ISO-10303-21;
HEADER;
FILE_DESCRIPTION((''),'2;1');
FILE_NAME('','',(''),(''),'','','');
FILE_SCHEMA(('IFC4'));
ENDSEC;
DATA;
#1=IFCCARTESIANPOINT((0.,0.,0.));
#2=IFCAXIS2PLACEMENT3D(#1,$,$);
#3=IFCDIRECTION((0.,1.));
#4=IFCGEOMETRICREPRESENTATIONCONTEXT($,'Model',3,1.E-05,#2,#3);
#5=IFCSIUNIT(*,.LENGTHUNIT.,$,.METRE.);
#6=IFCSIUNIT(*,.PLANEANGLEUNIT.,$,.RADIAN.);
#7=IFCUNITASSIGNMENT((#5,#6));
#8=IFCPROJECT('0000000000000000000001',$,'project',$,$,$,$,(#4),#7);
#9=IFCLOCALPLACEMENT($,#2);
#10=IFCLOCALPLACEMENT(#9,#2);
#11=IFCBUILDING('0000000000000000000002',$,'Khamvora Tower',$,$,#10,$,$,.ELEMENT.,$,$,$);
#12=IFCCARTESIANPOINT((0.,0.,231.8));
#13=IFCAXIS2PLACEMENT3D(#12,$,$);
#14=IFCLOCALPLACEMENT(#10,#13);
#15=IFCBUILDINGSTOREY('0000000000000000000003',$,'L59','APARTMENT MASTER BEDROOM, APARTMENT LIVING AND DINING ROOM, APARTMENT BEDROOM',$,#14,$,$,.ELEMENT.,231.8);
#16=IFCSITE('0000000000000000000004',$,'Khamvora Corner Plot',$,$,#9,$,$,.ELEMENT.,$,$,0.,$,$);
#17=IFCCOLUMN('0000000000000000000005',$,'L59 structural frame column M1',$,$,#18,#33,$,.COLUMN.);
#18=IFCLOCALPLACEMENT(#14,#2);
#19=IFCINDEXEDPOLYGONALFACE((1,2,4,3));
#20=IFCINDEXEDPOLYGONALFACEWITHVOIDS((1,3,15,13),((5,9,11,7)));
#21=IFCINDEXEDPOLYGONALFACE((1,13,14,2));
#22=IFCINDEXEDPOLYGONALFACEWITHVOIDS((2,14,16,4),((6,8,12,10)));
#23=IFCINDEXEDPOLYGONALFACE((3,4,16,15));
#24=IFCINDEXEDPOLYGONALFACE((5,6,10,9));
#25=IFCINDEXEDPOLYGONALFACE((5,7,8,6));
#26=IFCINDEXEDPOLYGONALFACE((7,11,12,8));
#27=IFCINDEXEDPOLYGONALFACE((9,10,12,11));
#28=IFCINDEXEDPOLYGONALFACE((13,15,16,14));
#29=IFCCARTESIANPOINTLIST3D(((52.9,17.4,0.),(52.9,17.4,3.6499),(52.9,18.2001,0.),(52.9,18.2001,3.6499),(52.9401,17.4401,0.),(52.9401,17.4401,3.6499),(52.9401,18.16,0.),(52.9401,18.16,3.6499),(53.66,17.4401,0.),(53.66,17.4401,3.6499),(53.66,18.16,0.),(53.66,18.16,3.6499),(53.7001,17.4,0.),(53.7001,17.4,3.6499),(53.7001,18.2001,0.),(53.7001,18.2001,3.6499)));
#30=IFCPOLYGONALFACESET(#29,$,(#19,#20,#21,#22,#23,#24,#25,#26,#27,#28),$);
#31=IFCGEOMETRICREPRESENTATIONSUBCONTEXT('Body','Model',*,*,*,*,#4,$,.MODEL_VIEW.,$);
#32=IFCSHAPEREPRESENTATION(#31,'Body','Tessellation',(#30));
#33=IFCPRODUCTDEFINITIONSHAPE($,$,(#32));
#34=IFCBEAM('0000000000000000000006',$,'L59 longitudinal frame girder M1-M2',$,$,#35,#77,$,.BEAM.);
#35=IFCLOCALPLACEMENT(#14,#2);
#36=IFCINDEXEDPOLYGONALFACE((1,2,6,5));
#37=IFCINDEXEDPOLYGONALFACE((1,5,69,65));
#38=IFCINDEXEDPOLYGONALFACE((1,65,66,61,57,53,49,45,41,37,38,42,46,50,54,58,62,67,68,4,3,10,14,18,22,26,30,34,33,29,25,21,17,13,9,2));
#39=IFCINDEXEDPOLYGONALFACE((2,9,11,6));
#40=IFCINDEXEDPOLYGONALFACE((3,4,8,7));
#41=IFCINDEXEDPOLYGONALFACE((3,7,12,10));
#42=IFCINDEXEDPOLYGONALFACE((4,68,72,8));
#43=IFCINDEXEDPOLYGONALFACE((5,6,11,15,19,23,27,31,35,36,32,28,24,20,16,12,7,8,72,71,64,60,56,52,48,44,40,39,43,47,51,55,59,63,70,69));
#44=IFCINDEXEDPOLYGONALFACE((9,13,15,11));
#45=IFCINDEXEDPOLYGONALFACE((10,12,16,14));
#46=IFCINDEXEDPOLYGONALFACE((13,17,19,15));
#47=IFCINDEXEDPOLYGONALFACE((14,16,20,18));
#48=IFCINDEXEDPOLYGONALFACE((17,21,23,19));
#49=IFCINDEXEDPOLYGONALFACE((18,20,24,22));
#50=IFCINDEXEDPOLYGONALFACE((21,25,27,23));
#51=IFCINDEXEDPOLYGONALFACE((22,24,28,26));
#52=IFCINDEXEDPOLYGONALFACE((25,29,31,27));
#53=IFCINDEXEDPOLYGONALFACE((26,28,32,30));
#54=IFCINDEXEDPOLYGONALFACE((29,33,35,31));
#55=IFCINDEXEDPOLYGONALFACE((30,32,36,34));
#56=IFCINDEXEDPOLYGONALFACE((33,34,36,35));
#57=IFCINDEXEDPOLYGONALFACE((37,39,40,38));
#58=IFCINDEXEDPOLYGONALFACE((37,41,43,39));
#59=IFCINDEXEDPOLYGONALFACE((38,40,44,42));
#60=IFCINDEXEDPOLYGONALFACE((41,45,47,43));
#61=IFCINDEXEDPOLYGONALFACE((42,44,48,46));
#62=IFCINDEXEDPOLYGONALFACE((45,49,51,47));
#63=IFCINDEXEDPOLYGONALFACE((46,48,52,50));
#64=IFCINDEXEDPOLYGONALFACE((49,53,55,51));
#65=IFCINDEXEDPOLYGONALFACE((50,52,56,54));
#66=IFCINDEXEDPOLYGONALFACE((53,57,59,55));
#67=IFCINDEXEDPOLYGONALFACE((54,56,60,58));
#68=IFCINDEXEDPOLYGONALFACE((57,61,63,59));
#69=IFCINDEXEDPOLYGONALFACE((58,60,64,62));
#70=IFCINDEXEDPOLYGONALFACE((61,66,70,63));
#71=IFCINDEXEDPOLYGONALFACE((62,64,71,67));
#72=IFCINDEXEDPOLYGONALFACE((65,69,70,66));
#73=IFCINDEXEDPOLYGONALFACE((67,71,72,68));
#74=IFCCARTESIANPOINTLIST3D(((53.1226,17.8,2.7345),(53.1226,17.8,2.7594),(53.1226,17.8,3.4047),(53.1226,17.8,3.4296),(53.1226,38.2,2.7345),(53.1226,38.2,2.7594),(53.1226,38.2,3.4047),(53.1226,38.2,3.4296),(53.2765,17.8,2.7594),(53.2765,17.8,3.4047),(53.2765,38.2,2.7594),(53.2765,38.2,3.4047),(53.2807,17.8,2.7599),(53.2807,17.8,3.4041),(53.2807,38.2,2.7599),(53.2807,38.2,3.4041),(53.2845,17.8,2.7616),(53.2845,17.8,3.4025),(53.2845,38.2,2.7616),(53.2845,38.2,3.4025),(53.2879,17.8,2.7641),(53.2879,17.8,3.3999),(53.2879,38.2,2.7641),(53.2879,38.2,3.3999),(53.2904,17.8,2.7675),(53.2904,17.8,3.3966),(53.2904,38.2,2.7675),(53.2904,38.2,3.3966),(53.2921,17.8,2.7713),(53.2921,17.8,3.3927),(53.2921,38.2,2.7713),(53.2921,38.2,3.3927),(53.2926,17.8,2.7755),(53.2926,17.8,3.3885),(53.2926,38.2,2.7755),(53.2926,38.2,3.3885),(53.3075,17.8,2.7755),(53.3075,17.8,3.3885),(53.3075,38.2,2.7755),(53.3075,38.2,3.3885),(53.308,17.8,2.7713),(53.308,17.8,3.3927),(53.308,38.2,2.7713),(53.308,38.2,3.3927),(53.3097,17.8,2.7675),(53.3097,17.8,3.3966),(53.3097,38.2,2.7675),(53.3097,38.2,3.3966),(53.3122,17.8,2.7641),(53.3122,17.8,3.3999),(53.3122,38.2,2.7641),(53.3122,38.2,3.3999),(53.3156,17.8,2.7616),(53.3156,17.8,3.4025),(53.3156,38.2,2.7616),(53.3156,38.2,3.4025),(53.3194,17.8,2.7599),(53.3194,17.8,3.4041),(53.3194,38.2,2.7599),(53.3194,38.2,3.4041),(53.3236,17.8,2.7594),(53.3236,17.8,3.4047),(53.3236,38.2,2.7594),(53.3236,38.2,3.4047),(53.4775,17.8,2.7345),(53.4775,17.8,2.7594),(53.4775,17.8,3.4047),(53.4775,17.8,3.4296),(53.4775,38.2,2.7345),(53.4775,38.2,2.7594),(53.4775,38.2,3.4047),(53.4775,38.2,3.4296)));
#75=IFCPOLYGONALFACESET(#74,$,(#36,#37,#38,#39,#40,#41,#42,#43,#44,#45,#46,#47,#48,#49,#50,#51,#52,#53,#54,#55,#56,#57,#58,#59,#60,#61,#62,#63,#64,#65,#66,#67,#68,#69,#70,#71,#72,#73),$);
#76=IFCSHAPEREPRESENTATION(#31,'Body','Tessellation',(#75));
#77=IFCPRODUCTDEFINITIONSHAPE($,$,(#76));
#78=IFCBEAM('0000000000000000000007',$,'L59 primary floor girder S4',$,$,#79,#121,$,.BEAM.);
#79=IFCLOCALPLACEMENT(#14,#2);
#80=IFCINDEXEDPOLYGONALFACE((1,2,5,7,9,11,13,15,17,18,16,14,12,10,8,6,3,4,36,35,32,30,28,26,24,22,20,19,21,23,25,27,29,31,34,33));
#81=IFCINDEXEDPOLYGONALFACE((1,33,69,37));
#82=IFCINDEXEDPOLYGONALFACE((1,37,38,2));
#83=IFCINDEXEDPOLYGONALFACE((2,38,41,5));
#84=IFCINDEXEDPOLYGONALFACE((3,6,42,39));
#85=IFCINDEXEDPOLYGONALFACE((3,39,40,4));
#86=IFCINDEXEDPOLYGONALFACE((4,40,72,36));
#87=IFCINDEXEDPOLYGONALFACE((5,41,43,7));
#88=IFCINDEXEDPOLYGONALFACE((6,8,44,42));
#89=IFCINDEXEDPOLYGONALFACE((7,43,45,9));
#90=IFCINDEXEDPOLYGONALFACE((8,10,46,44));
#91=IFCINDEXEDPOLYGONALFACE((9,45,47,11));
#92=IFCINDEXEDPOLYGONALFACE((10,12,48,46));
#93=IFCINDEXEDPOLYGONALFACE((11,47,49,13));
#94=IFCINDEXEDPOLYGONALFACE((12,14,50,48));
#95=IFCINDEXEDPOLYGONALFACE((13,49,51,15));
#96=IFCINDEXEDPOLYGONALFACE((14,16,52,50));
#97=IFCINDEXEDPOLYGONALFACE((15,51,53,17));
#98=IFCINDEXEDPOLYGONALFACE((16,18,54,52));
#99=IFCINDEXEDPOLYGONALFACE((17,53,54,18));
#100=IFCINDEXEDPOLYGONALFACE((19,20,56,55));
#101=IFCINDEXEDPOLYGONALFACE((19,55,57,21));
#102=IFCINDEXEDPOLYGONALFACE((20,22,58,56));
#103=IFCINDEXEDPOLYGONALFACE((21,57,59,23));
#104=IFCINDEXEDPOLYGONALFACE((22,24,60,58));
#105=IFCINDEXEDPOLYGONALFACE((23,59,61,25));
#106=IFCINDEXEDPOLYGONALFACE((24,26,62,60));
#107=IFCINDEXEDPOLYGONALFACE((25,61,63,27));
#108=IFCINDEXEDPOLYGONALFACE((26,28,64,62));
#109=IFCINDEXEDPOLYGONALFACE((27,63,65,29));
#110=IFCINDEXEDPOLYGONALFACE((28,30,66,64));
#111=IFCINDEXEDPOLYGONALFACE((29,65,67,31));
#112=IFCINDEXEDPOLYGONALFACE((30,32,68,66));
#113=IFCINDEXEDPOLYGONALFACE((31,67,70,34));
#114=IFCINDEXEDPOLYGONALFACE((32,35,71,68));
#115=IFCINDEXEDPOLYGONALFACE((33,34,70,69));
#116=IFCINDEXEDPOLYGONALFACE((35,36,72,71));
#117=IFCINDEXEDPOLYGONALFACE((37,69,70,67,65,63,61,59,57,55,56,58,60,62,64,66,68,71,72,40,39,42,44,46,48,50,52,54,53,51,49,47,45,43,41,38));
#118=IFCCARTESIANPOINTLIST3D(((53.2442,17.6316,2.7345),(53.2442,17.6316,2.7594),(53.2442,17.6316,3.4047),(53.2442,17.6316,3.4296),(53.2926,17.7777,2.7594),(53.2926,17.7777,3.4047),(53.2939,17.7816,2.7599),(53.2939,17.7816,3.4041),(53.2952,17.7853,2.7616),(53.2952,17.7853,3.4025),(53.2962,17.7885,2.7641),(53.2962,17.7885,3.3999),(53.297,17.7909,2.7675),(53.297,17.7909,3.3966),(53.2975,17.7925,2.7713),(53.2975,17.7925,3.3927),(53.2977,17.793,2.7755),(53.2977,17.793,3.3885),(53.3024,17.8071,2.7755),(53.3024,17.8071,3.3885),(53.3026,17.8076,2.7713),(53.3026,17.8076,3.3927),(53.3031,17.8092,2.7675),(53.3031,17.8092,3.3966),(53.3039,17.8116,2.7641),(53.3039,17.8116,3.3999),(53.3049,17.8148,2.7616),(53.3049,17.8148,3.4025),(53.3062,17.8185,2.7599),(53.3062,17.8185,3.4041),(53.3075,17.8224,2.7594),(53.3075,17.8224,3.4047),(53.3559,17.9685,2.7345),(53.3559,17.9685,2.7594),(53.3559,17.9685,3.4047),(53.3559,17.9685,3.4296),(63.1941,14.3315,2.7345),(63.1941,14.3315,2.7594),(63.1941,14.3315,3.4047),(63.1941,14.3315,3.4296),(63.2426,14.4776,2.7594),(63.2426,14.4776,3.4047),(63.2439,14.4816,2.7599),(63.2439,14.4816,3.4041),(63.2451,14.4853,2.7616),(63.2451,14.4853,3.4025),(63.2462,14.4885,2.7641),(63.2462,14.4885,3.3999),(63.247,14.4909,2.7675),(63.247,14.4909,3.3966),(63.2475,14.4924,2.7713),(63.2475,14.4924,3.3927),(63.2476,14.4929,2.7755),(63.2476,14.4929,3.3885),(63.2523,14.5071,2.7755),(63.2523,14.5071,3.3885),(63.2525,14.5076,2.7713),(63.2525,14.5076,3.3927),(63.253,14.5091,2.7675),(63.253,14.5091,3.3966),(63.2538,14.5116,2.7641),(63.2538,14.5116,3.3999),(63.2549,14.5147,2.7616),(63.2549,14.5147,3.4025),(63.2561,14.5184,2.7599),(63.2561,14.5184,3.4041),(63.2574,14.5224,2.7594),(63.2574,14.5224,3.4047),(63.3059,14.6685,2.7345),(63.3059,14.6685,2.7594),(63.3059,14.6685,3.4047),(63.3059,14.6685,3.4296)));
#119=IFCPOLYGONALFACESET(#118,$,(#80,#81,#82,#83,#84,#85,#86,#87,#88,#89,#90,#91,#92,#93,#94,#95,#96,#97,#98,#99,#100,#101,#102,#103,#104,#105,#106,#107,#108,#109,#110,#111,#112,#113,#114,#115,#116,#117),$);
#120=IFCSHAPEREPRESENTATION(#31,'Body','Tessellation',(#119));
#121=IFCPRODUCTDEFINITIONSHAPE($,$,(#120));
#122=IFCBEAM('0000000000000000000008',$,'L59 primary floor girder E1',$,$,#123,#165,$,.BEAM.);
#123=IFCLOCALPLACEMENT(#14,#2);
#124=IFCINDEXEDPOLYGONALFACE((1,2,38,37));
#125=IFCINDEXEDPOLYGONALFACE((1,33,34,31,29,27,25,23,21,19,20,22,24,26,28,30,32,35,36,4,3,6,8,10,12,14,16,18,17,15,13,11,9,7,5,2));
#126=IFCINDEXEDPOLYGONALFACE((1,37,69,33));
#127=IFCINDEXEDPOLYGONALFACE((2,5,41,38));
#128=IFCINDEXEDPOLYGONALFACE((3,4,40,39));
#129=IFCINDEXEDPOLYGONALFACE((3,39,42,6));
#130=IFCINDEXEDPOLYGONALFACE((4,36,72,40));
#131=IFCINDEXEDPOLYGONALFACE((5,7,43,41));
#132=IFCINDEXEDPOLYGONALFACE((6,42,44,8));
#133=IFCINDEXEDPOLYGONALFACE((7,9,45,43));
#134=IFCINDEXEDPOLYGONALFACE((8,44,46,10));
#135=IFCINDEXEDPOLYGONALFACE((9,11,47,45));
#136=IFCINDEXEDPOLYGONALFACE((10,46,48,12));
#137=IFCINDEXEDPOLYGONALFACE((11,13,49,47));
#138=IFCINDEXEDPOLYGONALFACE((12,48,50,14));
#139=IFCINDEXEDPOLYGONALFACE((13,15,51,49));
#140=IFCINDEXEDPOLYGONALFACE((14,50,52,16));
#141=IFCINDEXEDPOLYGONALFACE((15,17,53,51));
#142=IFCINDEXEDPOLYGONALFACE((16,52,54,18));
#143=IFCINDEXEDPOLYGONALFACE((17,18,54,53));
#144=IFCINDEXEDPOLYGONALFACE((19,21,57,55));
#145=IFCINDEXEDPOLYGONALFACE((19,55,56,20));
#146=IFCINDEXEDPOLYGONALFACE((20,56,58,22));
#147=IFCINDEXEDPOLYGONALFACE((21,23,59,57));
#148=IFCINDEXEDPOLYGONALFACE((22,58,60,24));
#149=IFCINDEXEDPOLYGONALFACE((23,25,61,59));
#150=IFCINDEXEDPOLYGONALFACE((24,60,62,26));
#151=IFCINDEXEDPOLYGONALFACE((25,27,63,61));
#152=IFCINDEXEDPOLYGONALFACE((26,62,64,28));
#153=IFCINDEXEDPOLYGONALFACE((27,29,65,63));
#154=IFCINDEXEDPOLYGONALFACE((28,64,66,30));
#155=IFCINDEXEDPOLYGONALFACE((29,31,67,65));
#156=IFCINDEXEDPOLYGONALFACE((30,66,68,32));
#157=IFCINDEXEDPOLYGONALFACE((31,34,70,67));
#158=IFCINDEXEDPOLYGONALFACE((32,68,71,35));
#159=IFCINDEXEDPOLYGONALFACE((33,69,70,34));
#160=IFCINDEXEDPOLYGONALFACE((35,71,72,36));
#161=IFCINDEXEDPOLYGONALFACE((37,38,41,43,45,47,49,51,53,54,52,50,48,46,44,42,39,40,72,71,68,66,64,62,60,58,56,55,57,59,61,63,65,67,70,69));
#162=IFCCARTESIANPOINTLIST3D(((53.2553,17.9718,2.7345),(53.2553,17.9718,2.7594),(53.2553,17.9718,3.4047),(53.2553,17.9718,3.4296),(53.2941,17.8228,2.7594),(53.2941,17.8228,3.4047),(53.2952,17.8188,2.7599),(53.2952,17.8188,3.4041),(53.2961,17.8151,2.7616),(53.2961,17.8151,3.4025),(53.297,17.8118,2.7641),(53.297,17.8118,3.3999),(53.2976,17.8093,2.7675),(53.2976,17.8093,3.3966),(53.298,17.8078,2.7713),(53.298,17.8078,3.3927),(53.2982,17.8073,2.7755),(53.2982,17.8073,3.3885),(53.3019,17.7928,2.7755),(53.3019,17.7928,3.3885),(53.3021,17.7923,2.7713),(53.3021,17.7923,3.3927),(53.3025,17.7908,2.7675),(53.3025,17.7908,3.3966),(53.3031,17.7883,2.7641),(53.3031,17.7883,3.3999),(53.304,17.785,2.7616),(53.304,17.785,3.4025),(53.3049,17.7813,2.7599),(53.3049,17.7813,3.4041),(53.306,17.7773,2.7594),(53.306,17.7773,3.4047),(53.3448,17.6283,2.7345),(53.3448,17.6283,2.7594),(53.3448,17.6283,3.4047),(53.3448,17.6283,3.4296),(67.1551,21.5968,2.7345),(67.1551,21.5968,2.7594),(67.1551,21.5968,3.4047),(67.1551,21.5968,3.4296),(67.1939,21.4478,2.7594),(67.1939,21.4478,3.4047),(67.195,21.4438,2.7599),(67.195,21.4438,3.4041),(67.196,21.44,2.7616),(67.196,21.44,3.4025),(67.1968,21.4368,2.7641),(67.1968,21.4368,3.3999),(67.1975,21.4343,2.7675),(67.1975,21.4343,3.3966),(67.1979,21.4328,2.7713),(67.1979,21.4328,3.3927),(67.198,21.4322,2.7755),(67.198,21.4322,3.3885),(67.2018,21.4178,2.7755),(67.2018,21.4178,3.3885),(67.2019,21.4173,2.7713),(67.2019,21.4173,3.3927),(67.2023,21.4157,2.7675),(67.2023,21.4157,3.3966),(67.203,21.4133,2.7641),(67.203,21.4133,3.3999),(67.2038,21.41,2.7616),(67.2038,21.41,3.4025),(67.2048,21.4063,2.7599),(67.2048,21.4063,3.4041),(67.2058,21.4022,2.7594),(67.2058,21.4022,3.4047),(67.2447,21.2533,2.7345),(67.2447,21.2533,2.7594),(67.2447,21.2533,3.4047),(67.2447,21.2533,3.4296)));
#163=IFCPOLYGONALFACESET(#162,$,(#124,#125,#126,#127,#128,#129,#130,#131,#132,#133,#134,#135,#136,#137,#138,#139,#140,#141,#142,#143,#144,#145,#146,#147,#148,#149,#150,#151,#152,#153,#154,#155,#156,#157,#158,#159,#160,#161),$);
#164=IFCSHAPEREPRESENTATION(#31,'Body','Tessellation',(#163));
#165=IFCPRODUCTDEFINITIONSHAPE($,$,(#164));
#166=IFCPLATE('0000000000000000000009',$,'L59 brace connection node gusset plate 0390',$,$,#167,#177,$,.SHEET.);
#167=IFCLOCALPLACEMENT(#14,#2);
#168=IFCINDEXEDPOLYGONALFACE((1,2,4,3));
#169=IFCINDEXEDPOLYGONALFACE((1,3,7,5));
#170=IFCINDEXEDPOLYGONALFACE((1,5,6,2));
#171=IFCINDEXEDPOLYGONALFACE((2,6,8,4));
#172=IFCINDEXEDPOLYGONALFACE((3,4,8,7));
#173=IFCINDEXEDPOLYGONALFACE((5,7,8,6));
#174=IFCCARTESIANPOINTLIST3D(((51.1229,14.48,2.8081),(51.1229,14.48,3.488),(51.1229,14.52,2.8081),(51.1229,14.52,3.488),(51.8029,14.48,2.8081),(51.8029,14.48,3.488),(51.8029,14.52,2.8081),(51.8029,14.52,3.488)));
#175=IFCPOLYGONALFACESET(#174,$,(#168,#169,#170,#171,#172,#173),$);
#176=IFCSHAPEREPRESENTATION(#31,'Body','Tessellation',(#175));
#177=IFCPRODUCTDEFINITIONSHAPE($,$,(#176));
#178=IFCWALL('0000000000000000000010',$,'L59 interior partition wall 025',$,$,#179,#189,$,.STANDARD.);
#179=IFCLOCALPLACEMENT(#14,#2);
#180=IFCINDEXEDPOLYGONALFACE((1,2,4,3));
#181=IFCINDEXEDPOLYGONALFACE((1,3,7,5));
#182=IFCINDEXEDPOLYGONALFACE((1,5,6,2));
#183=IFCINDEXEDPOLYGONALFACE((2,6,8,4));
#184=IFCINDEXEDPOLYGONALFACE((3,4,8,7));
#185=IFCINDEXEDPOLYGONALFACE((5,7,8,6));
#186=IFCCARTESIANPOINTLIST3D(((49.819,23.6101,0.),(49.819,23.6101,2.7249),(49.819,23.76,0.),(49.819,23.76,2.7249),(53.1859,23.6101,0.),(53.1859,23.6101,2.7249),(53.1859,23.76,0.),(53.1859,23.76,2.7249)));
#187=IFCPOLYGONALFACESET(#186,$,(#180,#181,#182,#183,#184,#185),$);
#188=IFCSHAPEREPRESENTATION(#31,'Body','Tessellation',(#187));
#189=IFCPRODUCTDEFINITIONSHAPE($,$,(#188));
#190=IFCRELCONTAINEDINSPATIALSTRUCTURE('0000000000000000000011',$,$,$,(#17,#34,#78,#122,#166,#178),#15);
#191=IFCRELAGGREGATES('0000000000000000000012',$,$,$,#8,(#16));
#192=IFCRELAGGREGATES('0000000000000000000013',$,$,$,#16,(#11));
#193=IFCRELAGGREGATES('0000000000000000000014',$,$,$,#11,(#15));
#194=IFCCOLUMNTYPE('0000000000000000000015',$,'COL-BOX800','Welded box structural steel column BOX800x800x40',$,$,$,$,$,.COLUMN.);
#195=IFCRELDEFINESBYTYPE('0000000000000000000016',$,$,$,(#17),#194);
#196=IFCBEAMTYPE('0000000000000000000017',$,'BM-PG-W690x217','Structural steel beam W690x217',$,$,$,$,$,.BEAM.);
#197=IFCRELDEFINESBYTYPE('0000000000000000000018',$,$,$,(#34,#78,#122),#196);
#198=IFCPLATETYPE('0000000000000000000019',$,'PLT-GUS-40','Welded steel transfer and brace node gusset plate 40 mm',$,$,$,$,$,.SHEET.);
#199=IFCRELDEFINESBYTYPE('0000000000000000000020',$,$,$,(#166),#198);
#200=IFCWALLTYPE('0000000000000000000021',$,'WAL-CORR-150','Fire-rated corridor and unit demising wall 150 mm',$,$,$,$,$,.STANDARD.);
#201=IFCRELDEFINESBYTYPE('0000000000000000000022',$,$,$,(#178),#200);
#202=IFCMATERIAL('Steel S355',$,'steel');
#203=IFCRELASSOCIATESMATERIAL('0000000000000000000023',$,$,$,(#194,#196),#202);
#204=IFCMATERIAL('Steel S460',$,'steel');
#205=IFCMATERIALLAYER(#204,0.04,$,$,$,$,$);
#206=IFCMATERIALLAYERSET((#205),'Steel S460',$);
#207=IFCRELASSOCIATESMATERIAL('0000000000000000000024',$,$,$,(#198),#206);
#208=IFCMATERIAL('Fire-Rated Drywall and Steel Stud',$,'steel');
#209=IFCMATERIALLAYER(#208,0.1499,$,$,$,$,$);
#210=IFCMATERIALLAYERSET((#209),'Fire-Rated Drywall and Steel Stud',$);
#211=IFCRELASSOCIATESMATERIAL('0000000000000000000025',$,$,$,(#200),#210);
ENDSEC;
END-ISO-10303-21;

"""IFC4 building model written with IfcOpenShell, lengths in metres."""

from ifc_helpers import new_model, si_unit, direction, frame, frame_2d, origin, origin_2d, place, context, subcontext, project, spatial, rectangle, hollow_rectangle, i_section, extrude, material, layer, layer_set, material_profile, profile_set, type_object, element, save


model = new_model("IFC4")

# Units and contexts
model_context = context("Model", 3, precision=1e-05, world=origin(), true_north=direction((0.0, 1.0)))
body_context = subcontext(model_context, "Body", "Model", "MODEL_VIEW")
ifc_project = project(units=[si_unit("LENGTHUNIT", "METRE"), si_unit("PLANEANGLEUNIT", "RADIAN")], contexts=[model_context])

# Site, building, storey
site_placement = place(None, origin())
site = spatial("IfcSite", under=ifc_project, at=site_placement, Name="Khamvora Corner Plot", CompositionType="ELEMENT", RefElevation=0.0)
building_placement = place(site_placement, origin())
building = spatial("IfcBuilding", under=site, at=building_placement, Name="Khamvora Tower", CompositionType="ELEMENT")
storey_placement = place(building_placement, frame((0.0, 0.0, 231.8)))
storey = spatial("IfcBuildingStorey", under=building, at=storey_placement, Name="L59", Description="APARTMENT MASTER BEDROOM, APARTMENT LIVING AND DINING ROOM, APARTMENT BEDROOM", CompositionType="ELEMENT", Elevation=231.8)

# Column
ifc_material_1 = material(Name="Steel S355", Category="steel")
ifc_material_profile_1 = material_profile(ifc_material_1, hollow_rectangle(XDim=0.8, YDim=0.8, WallThickness=0.04, at=origin_2d()), Name="BOX800x800x40")
ifc_profile_set_1 = profile_set([ifc_material_profile_1], Name="Steel S355")
column_type = type_object("IfcColumnType", Name="COL-BOX800", Description="Welded box structural steel column BOX800x800x40", PredefinedType="COLUMN", material=ifc_profile_set_1)
column_placement = place(storey_placement, frame((53.3, 17.8, 0.0), z_axis=(0.0, 0.0, 1.0), x_axis=(1.0, 0.0, 0.0)))
element("IfcColumn", 1, at=column_placement, inside=storey, type_object=column_type, Name="L59 structural frame column M1", PredefinedType="COLUMN", context=body_context, shape_type="SweptSolid", body=[
    extrude(hollow_rectangle(XDim=0.8, YDim=0.8, WallThickness=0.04, at=origin_2d()), origin(), (0.0, 0.0, 1.0), 3.6499),
])

# Beams
ifc_material_profile_2 = material_profile(ifc_material_1, i_section(OverallWidth=0.355, OverallDepth=0.6951, WebThickness=0.0149, FlangeThickness=0.0249, FilletRadius=0.0161, at=origin_2d()), Name="W690x217")
ifc_profile_set_2 = profile_set([ifc_material_profile_2], Name="Steel S355")
beam_type = type_object("IfcBeamType", Name="BM-PG-W690x217", Description="Structural steel beam W690x217", PredefinedType="BEAM", material=ifc_profile_set_2)
beam_1_placement = place(storey_placement, frame((53.3, 17.8, 3.082), z_axis=(0.0, 1.0, 0.0), x_axis=(-1.0, 0.0, 0.0)))
element("IfcBeam", 2, at=beam_1_placement, inside=storey, type_object=beam_type, Name="L59 longitudinal frame girder M1-M2", PredefinedType="BEAM", context=body_context, shape_type="SweptSolid", body=[
    extrude(i_section(OverallWidth=0.355, OverallDepth=0.6951, WebThickness=0.0149, FlangeThickness=0.0249, FilletRadius=0.0161, at=origin_2d()), origin(), (0.0, 0.0, 1.0), 20.3999),
])
beam_2_placement = place(storey_placement, frame((53.3, 17.8, 3.082), z_axis=(0.949157, -0.314802, 0.0), x_axis=(0.314802, 0.949157, 0.0)))
element("IfcBeam", 3, at=beam_2_placement, inside=storey, type_object=beam_type, Name="L59 primary floor girder S4", PredefinedType="BEAM", context=body_context, shape_type="SweptSolid", body=[
    extrude(i_section(OverallWidth=0.355, OverallDepth=0.6951, WebThickness=0.0149, FlangeThickness=0.0249, FilletRadius=0.0161, at=origin_2d()), origin(), (0.0, 0.0, 1.0), 10.4829),
])
beam_3_placement = place(storey_placement, frame((53.3, 17.8, 3.082), z_axis=(0.967635, 0.252353, 0.0), x_axis=(-0.252353, 0.967635, 0.0)))
element("IfcBeam", 4, at=beam_3_placement, inside=storey, type_object=beam_type, Name="L59 primary floor girder E1", PredefinedType="BEAM", context=body_context, shape_type="SweptSolid", body=[
    extrude(i_section(OverallWidth=0.355, OverallDepth=0.6951, WebThickness=0.0149, FlangeThickness=0.0249, FilletRadius=0.0161, at=origin_2d()), origin(), (0.0, 0.0, 1.0), 14.3647),
])

# Plate
ifc_material_2 = material(Name="Steel S460", Category="steel")
ifc_layer_1 = layer(ifc_material_2, 0.04)
ifc_layer_set_1 = layer_set([ifc_layer_1], Name="Steel S460")
plate_type = type_object("IfcPlateType", Name="PLT-GUS-40", Description="Welded steel transfer and brace node gusset plate 40 mm", PredefinedType="SHEET", material=ifc_layer_set_1)
plate_placement = place(storey_placement, frame((51.4629, 14.5, 2.8081), z_axis=(0.0, 0.0, 1.0), x_axis=(1.0, 0.0, 0.0)))
element("IfcPlate", 5, at=plate_placement, inside=storey, type_object=plate_type, Name="L59 brace connection node gusset plate 0390", PredefinedType="SHEET", context=body_context, shape_type="SweptSolid", body=[
    extrude(rectangle(XDim=0.6799, YDim=0.04, at=origin_2d()), origin(), (0.0, 0.0, 1.0), 0.6799),
])

# Shared definitions
ifc_material_3 = material(Name="Fire-Rated Drywall and Steel Stud", Category="steel")
ifc_layer_2 = layer(ifc_material_3, 0.1499)
ifc_layer_set_2 = layer_set([ifc_layer_2], Name="Fire-Rated Drywall and Steel Stud")
wall_type_1 = type_object("IfcWallType", Name="WAL-CORR-150", Description="Fire-rated corridor and unit demising wall 150 mm", PredefinedType="STANDARD", material=ifc_layer_set_2)

# Wall
wall_1_placement = place(storey_placement, frame((53.186, 23.6851, 0.0), z_axis=(0.0, 0.0, 1.0), x_axis=(-1.0, 0.0, 0.0)))
element("IfcWall", 6, at=wall_1_placement, inside=storey, type_object=wall_type_1, Name="L59 interior partition wall 025", PredefinedType="STANDARD", context=body_context, shape_type="SweptSolid", body=[
    extrude(rectangle(XDim=3.3669, YDim=0.1499, at=frame_2d((1.6836, 0.0))), origin(), (0.0, 0.0, 1.0), 2.7249),
])

save(model, "model.ifc")
